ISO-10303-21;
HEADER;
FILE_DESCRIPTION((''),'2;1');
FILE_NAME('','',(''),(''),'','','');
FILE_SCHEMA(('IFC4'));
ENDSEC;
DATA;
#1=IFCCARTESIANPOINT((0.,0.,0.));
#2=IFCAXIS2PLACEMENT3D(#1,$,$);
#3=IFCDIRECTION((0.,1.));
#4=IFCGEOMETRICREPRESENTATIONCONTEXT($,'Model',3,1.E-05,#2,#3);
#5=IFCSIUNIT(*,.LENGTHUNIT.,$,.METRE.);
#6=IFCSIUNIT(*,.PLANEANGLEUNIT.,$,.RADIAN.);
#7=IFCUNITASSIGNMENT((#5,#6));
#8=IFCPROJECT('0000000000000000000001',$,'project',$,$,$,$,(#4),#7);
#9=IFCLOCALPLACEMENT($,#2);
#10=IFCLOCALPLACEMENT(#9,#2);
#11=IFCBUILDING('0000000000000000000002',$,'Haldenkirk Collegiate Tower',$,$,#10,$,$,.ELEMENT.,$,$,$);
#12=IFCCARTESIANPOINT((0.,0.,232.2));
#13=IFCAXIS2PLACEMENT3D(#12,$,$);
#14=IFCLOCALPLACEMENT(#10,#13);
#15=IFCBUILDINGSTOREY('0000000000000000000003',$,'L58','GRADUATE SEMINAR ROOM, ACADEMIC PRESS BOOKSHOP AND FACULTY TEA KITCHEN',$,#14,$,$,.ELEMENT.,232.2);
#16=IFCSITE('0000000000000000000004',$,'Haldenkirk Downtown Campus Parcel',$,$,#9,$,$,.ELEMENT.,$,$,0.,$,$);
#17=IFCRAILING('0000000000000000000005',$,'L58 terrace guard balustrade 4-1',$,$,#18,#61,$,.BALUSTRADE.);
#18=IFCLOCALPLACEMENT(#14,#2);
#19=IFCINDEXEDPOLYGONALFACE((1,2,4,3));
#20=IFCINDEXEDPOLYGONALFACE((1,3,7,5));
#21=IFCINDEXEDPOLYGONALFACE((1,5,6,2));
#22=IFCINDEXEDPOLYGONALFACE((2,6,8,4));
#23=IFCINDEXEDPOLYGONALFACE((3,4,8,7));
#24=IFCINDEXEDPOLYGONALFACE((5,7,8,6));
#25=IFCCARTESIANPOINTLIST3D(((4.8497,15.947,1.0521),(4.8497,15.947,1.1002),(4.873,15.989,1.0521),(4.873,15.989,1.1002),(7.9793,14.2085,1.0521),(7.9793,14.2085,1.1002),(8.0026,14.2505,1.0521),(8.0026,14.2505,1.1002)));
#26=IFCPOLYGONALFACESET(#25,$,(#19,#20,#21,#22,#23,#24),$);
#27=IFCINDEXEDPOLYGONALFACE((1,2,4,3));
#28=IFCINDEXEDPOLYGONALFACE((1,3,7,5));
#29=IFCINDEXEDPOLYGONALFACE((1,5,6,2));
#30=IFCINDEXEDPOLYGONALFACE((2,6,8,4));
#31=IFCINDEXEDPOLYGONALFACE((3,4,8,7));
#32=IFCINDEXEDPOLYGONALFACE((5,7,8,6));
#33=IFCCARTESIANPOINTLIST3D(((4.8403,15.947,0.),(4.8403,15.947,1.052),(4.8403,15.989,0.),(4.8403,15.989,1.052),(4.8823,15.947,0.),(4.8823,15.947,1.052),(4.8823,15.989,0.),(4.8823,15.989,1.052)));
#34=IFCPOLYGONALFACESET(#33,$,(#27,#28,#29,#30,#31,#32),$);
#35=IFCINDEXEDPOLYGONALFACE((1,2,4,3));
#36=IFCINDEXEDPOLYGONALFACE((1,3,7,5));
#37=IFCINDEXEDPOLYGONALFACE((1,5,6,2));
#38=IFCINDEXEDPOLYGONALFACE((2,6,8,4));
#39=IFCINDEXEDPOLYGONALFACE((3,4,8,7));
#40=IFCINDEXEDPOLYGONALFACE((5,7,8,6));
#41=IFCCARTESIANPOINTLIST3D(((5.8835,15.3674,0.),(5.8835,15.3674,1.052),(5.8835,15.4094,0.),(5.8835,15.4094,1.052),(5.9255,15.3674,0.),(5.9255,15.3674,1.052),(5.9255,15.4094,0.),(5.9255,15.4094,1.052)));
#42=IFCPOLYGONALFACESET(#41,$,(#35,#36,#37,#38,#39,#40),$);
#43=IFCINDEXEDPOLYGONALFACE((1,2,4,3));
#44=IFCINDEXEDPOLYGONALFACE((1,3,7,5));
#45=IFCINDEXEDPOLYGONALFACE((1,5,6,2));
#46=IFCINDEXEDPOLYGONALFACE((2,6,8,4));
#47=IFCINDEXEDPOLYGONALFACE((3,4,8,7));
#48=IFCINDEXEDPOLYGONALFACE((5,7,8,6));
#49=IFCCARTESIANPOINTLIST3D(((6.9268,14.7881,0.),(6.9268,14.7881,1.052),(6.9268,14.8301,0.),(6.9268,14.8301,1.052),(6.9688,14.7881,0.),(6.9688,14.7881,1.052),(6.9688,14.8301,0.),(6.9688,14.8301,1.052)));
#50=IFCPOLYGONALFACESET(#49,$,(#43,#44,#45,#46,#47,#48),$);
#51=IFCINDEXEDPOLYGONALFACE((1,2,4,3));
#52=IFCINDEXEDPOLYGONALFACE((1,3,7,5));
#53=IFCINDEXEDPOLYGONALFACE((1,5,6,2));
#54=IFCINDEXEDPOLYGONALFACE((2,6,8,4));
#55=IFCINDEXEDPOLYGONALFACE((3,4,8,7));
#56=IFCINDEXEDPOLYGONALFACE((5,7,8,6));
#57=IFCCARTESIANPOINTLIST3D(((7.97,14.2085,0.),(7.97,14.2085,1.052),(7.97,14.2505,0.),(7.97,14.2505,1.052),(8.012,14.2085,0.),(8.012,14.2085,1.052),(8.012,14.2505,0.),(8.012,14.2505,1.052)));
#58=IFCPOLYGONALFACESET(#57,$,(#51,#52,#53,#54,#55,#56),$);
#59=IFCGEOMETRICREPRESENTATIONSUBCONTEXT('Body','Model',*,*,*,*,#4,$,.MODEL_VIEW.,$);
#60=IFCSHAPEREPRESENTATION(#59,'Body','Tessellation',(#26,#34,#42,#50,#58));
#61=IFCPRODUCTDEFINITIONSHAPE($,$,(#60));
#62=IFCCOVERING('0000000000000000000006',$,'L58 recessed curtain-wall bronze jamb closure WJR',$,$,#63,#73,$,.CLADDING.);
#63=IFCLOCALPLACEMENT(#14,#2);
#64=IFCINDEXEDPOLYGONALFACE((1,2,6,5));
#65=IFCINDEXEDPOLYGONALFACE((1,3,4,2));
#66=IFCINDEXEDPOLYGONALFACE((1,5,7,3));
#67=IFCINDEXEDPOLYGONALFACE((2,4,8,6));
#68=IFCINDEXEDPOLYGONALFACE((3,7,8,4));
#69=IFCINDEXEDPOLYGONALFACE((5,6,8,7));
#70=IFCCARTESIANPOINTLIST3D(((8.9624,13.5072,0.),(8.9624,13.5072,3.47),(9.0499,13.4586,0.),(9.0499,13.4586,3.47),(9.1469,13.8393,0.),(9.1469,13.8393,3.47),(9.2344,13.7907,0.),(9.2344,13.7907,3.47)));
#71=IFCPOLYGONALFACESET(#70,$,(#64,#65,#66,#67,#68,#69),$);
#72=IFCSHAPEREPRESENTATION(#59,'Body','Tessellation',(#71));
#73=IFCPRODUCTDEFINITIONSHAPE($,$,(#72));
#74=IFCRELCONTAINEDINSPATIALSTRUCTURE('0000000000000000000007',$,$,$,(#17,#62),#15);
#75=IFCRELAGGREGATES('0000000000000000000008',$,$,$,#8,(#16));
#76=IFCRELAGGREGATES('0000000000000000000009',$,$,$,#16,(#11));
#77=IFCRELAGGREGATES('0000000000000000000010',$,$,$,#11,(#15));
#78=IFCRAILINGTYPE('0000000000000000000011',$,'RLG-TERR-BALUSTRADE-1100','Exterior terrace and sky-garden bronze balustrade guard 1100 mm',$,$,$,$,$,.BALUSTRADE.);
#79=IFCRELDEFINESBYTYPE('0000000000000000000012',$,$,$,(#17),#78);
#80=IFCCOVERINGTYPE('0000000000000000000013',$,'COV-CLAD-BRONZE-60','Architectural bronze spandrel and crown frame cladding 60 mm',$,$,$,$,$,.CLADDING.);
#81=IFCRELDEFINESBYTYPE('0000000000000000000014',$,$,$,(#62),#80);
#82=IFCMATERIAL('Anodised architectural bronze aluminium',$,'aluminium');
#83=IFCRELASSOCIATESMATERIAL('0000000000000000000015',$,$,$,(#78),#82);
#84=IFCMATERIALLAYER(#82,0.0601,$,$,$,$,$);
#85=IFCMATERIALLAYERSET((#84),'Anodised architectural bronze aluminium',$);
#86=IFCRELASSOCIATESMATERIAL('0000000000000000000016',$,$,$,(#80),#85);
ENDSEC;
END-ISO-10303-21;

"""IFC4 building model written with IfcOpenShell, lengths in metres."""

from ifc_helpers import new_model, si_unit, direction, frame, origin, origin_2d, place, context, subcontext, project, spatial, rectangle, extrude, source, transform, mapped, material, layer, layer_set, type_object, element, save


model = new_model("IFC4")

# Units and contexts
model_context = context("Model", 3, precision=1e-05, world=origin(), true_north=direction((0.0, 1.0)))
body_context = subcontext(model_context, "Body", "Model", "MODEL_VIEW")
ifc_project = project(units=[si_unit("LENGTHUNIT", "METRE"), si_unit("PLANEANGLEUNIT", "RADIAN")], contexts=[model_context])

# Site, building, storey
site_placement = place(None, origin())
site = spatial("IfcSite", under=ifc_project, at=site_placement, Name="Haldenkirk Downtown Campus Parcel", CompositionType="ELEMENT", RefElevation=0.0)
building_placement = place(site_placement, origin())
building = spatial("IfcBuilding", under=site, at=building_placement, Name="Haldenkirk Collegiate Tower", CompositionType="ELEMENT")
storey_placement = place(building_placement, frame((0.0, 0.0, 232.2)))
storey = spatial("IfcBuildingStorey", under=building, at=storey_placement, Name="L58", Description="GRADUATE SEMINAR ROOM, ACADEMIC PRESS BOOKSHOP AND FACULTY TEA KITCHEN", CompositionType="ELEMENT", Elevation=232.2)

# Shared definitions
ifc_material_1 = material(Name="Anodised architectural bronze aluminium", Category="aluminium")

# Railing
railing_type = type_object("IfcRailingType", Name="RLG-TERR-BALUSTRADE-1100", Description="Exterior terrace and sky-garden bronze balustrade guard 1100 mm", PredefinedType="BALUSTRADE", material=ifc_material_1)
railing_1_placement = place(storey_placement, frame((4.8613, 15.968, 0.0)))
element("IfcRailing", 1, at=railing_1_placement, inside=storey, type_object=railing_type, Name="L58 terrace guard balustrade 4-1", PredefinedType="BALUSTRADE", context=body_context, shape_type="SweptSolid", body=[
    extrude(rectangle(XDim=0.0481, YDim=0.0481, at=origin_2d()), frame((0.0, 0.0, 1.0762), z_axis=(0.874177, -0.485608, 0.0), x_axis=(0.485608, 0.874177, 0.0)), (0.0, 0.0, 1.0), 3.5801),
    extrude(rectangle(XDim=0.042, YDim=0.042, at=origin_2d()), origin(), (0.0, 0.0, 1.0), 1.052),
    extrude(rectangle(XDim=0.042, YDim=0.042, at=origin_2d()), frame((1.0432, -0.5796, 0.0)), (0.0, 0.0, 1.0), 1.052),
    extrude(rectangle(XDim=0.042, YDim=0.042, at=origin_2d()), frame((2.0864, -1.1589, 0.0)), (0.0, 0.0, 1.0), 1.052),
    extrude(rectangle(XDim=0.042, YDim=0.042, at=origin_2d()), frame((3.1296, -1.7385, 0.0)), (0.0, 0.0, 1.0), 1.052),
])

# Covering
ifc_layer_1 = layer(ifc_material_1, 0.0601)
ifc_layer_set_1 = layer_set([ifc_layer_1], Name="Anodised architectural bronze aluminium")
covering_type_1 = type_object("IfcCoveringType", Name="COV-CLAD-BRONZE-60", Description="Architectural bronze spandrel and crown frame cladding 60 mm", PredefinedType="CLADDING", material=ifc_layer_set_1)
shared_shape = source(origin(), body_context, "Body", "SweptSolid", [
    extrude(rectangle(XDim=0.1001, YDim=0.3799, at=origin_2d()), origin(), (0.0, 0.0, 1.0), 3.47),
])
covering_1_placement = place(storey_placement, frame((9.0984, 13.6489, 0.0), z_axis=(0.0, 0.0, 1.0), x_axis=(-0.874196, 0.485573, 0.0)))
element("IfcCovering", 2, at=covering_1_placement, inside=storey, type_object=covering_type_1, Name="L58 recessed curtain-wall bronze jamb closure WJR", PredefinedType="CLADDING", context=body_context, shape_type="MappedRepresentation", body=[
    mapped(shared_shape, transform((0.0, 0.0, 0.0), x_axis=(1.0, 0.0, 0.0), y_axis=(0.0, 1.0, 0.0), z_axis=(0.0, 0.0, 1.0), scale=1.0)),
])

save(model, "model.ifc")
